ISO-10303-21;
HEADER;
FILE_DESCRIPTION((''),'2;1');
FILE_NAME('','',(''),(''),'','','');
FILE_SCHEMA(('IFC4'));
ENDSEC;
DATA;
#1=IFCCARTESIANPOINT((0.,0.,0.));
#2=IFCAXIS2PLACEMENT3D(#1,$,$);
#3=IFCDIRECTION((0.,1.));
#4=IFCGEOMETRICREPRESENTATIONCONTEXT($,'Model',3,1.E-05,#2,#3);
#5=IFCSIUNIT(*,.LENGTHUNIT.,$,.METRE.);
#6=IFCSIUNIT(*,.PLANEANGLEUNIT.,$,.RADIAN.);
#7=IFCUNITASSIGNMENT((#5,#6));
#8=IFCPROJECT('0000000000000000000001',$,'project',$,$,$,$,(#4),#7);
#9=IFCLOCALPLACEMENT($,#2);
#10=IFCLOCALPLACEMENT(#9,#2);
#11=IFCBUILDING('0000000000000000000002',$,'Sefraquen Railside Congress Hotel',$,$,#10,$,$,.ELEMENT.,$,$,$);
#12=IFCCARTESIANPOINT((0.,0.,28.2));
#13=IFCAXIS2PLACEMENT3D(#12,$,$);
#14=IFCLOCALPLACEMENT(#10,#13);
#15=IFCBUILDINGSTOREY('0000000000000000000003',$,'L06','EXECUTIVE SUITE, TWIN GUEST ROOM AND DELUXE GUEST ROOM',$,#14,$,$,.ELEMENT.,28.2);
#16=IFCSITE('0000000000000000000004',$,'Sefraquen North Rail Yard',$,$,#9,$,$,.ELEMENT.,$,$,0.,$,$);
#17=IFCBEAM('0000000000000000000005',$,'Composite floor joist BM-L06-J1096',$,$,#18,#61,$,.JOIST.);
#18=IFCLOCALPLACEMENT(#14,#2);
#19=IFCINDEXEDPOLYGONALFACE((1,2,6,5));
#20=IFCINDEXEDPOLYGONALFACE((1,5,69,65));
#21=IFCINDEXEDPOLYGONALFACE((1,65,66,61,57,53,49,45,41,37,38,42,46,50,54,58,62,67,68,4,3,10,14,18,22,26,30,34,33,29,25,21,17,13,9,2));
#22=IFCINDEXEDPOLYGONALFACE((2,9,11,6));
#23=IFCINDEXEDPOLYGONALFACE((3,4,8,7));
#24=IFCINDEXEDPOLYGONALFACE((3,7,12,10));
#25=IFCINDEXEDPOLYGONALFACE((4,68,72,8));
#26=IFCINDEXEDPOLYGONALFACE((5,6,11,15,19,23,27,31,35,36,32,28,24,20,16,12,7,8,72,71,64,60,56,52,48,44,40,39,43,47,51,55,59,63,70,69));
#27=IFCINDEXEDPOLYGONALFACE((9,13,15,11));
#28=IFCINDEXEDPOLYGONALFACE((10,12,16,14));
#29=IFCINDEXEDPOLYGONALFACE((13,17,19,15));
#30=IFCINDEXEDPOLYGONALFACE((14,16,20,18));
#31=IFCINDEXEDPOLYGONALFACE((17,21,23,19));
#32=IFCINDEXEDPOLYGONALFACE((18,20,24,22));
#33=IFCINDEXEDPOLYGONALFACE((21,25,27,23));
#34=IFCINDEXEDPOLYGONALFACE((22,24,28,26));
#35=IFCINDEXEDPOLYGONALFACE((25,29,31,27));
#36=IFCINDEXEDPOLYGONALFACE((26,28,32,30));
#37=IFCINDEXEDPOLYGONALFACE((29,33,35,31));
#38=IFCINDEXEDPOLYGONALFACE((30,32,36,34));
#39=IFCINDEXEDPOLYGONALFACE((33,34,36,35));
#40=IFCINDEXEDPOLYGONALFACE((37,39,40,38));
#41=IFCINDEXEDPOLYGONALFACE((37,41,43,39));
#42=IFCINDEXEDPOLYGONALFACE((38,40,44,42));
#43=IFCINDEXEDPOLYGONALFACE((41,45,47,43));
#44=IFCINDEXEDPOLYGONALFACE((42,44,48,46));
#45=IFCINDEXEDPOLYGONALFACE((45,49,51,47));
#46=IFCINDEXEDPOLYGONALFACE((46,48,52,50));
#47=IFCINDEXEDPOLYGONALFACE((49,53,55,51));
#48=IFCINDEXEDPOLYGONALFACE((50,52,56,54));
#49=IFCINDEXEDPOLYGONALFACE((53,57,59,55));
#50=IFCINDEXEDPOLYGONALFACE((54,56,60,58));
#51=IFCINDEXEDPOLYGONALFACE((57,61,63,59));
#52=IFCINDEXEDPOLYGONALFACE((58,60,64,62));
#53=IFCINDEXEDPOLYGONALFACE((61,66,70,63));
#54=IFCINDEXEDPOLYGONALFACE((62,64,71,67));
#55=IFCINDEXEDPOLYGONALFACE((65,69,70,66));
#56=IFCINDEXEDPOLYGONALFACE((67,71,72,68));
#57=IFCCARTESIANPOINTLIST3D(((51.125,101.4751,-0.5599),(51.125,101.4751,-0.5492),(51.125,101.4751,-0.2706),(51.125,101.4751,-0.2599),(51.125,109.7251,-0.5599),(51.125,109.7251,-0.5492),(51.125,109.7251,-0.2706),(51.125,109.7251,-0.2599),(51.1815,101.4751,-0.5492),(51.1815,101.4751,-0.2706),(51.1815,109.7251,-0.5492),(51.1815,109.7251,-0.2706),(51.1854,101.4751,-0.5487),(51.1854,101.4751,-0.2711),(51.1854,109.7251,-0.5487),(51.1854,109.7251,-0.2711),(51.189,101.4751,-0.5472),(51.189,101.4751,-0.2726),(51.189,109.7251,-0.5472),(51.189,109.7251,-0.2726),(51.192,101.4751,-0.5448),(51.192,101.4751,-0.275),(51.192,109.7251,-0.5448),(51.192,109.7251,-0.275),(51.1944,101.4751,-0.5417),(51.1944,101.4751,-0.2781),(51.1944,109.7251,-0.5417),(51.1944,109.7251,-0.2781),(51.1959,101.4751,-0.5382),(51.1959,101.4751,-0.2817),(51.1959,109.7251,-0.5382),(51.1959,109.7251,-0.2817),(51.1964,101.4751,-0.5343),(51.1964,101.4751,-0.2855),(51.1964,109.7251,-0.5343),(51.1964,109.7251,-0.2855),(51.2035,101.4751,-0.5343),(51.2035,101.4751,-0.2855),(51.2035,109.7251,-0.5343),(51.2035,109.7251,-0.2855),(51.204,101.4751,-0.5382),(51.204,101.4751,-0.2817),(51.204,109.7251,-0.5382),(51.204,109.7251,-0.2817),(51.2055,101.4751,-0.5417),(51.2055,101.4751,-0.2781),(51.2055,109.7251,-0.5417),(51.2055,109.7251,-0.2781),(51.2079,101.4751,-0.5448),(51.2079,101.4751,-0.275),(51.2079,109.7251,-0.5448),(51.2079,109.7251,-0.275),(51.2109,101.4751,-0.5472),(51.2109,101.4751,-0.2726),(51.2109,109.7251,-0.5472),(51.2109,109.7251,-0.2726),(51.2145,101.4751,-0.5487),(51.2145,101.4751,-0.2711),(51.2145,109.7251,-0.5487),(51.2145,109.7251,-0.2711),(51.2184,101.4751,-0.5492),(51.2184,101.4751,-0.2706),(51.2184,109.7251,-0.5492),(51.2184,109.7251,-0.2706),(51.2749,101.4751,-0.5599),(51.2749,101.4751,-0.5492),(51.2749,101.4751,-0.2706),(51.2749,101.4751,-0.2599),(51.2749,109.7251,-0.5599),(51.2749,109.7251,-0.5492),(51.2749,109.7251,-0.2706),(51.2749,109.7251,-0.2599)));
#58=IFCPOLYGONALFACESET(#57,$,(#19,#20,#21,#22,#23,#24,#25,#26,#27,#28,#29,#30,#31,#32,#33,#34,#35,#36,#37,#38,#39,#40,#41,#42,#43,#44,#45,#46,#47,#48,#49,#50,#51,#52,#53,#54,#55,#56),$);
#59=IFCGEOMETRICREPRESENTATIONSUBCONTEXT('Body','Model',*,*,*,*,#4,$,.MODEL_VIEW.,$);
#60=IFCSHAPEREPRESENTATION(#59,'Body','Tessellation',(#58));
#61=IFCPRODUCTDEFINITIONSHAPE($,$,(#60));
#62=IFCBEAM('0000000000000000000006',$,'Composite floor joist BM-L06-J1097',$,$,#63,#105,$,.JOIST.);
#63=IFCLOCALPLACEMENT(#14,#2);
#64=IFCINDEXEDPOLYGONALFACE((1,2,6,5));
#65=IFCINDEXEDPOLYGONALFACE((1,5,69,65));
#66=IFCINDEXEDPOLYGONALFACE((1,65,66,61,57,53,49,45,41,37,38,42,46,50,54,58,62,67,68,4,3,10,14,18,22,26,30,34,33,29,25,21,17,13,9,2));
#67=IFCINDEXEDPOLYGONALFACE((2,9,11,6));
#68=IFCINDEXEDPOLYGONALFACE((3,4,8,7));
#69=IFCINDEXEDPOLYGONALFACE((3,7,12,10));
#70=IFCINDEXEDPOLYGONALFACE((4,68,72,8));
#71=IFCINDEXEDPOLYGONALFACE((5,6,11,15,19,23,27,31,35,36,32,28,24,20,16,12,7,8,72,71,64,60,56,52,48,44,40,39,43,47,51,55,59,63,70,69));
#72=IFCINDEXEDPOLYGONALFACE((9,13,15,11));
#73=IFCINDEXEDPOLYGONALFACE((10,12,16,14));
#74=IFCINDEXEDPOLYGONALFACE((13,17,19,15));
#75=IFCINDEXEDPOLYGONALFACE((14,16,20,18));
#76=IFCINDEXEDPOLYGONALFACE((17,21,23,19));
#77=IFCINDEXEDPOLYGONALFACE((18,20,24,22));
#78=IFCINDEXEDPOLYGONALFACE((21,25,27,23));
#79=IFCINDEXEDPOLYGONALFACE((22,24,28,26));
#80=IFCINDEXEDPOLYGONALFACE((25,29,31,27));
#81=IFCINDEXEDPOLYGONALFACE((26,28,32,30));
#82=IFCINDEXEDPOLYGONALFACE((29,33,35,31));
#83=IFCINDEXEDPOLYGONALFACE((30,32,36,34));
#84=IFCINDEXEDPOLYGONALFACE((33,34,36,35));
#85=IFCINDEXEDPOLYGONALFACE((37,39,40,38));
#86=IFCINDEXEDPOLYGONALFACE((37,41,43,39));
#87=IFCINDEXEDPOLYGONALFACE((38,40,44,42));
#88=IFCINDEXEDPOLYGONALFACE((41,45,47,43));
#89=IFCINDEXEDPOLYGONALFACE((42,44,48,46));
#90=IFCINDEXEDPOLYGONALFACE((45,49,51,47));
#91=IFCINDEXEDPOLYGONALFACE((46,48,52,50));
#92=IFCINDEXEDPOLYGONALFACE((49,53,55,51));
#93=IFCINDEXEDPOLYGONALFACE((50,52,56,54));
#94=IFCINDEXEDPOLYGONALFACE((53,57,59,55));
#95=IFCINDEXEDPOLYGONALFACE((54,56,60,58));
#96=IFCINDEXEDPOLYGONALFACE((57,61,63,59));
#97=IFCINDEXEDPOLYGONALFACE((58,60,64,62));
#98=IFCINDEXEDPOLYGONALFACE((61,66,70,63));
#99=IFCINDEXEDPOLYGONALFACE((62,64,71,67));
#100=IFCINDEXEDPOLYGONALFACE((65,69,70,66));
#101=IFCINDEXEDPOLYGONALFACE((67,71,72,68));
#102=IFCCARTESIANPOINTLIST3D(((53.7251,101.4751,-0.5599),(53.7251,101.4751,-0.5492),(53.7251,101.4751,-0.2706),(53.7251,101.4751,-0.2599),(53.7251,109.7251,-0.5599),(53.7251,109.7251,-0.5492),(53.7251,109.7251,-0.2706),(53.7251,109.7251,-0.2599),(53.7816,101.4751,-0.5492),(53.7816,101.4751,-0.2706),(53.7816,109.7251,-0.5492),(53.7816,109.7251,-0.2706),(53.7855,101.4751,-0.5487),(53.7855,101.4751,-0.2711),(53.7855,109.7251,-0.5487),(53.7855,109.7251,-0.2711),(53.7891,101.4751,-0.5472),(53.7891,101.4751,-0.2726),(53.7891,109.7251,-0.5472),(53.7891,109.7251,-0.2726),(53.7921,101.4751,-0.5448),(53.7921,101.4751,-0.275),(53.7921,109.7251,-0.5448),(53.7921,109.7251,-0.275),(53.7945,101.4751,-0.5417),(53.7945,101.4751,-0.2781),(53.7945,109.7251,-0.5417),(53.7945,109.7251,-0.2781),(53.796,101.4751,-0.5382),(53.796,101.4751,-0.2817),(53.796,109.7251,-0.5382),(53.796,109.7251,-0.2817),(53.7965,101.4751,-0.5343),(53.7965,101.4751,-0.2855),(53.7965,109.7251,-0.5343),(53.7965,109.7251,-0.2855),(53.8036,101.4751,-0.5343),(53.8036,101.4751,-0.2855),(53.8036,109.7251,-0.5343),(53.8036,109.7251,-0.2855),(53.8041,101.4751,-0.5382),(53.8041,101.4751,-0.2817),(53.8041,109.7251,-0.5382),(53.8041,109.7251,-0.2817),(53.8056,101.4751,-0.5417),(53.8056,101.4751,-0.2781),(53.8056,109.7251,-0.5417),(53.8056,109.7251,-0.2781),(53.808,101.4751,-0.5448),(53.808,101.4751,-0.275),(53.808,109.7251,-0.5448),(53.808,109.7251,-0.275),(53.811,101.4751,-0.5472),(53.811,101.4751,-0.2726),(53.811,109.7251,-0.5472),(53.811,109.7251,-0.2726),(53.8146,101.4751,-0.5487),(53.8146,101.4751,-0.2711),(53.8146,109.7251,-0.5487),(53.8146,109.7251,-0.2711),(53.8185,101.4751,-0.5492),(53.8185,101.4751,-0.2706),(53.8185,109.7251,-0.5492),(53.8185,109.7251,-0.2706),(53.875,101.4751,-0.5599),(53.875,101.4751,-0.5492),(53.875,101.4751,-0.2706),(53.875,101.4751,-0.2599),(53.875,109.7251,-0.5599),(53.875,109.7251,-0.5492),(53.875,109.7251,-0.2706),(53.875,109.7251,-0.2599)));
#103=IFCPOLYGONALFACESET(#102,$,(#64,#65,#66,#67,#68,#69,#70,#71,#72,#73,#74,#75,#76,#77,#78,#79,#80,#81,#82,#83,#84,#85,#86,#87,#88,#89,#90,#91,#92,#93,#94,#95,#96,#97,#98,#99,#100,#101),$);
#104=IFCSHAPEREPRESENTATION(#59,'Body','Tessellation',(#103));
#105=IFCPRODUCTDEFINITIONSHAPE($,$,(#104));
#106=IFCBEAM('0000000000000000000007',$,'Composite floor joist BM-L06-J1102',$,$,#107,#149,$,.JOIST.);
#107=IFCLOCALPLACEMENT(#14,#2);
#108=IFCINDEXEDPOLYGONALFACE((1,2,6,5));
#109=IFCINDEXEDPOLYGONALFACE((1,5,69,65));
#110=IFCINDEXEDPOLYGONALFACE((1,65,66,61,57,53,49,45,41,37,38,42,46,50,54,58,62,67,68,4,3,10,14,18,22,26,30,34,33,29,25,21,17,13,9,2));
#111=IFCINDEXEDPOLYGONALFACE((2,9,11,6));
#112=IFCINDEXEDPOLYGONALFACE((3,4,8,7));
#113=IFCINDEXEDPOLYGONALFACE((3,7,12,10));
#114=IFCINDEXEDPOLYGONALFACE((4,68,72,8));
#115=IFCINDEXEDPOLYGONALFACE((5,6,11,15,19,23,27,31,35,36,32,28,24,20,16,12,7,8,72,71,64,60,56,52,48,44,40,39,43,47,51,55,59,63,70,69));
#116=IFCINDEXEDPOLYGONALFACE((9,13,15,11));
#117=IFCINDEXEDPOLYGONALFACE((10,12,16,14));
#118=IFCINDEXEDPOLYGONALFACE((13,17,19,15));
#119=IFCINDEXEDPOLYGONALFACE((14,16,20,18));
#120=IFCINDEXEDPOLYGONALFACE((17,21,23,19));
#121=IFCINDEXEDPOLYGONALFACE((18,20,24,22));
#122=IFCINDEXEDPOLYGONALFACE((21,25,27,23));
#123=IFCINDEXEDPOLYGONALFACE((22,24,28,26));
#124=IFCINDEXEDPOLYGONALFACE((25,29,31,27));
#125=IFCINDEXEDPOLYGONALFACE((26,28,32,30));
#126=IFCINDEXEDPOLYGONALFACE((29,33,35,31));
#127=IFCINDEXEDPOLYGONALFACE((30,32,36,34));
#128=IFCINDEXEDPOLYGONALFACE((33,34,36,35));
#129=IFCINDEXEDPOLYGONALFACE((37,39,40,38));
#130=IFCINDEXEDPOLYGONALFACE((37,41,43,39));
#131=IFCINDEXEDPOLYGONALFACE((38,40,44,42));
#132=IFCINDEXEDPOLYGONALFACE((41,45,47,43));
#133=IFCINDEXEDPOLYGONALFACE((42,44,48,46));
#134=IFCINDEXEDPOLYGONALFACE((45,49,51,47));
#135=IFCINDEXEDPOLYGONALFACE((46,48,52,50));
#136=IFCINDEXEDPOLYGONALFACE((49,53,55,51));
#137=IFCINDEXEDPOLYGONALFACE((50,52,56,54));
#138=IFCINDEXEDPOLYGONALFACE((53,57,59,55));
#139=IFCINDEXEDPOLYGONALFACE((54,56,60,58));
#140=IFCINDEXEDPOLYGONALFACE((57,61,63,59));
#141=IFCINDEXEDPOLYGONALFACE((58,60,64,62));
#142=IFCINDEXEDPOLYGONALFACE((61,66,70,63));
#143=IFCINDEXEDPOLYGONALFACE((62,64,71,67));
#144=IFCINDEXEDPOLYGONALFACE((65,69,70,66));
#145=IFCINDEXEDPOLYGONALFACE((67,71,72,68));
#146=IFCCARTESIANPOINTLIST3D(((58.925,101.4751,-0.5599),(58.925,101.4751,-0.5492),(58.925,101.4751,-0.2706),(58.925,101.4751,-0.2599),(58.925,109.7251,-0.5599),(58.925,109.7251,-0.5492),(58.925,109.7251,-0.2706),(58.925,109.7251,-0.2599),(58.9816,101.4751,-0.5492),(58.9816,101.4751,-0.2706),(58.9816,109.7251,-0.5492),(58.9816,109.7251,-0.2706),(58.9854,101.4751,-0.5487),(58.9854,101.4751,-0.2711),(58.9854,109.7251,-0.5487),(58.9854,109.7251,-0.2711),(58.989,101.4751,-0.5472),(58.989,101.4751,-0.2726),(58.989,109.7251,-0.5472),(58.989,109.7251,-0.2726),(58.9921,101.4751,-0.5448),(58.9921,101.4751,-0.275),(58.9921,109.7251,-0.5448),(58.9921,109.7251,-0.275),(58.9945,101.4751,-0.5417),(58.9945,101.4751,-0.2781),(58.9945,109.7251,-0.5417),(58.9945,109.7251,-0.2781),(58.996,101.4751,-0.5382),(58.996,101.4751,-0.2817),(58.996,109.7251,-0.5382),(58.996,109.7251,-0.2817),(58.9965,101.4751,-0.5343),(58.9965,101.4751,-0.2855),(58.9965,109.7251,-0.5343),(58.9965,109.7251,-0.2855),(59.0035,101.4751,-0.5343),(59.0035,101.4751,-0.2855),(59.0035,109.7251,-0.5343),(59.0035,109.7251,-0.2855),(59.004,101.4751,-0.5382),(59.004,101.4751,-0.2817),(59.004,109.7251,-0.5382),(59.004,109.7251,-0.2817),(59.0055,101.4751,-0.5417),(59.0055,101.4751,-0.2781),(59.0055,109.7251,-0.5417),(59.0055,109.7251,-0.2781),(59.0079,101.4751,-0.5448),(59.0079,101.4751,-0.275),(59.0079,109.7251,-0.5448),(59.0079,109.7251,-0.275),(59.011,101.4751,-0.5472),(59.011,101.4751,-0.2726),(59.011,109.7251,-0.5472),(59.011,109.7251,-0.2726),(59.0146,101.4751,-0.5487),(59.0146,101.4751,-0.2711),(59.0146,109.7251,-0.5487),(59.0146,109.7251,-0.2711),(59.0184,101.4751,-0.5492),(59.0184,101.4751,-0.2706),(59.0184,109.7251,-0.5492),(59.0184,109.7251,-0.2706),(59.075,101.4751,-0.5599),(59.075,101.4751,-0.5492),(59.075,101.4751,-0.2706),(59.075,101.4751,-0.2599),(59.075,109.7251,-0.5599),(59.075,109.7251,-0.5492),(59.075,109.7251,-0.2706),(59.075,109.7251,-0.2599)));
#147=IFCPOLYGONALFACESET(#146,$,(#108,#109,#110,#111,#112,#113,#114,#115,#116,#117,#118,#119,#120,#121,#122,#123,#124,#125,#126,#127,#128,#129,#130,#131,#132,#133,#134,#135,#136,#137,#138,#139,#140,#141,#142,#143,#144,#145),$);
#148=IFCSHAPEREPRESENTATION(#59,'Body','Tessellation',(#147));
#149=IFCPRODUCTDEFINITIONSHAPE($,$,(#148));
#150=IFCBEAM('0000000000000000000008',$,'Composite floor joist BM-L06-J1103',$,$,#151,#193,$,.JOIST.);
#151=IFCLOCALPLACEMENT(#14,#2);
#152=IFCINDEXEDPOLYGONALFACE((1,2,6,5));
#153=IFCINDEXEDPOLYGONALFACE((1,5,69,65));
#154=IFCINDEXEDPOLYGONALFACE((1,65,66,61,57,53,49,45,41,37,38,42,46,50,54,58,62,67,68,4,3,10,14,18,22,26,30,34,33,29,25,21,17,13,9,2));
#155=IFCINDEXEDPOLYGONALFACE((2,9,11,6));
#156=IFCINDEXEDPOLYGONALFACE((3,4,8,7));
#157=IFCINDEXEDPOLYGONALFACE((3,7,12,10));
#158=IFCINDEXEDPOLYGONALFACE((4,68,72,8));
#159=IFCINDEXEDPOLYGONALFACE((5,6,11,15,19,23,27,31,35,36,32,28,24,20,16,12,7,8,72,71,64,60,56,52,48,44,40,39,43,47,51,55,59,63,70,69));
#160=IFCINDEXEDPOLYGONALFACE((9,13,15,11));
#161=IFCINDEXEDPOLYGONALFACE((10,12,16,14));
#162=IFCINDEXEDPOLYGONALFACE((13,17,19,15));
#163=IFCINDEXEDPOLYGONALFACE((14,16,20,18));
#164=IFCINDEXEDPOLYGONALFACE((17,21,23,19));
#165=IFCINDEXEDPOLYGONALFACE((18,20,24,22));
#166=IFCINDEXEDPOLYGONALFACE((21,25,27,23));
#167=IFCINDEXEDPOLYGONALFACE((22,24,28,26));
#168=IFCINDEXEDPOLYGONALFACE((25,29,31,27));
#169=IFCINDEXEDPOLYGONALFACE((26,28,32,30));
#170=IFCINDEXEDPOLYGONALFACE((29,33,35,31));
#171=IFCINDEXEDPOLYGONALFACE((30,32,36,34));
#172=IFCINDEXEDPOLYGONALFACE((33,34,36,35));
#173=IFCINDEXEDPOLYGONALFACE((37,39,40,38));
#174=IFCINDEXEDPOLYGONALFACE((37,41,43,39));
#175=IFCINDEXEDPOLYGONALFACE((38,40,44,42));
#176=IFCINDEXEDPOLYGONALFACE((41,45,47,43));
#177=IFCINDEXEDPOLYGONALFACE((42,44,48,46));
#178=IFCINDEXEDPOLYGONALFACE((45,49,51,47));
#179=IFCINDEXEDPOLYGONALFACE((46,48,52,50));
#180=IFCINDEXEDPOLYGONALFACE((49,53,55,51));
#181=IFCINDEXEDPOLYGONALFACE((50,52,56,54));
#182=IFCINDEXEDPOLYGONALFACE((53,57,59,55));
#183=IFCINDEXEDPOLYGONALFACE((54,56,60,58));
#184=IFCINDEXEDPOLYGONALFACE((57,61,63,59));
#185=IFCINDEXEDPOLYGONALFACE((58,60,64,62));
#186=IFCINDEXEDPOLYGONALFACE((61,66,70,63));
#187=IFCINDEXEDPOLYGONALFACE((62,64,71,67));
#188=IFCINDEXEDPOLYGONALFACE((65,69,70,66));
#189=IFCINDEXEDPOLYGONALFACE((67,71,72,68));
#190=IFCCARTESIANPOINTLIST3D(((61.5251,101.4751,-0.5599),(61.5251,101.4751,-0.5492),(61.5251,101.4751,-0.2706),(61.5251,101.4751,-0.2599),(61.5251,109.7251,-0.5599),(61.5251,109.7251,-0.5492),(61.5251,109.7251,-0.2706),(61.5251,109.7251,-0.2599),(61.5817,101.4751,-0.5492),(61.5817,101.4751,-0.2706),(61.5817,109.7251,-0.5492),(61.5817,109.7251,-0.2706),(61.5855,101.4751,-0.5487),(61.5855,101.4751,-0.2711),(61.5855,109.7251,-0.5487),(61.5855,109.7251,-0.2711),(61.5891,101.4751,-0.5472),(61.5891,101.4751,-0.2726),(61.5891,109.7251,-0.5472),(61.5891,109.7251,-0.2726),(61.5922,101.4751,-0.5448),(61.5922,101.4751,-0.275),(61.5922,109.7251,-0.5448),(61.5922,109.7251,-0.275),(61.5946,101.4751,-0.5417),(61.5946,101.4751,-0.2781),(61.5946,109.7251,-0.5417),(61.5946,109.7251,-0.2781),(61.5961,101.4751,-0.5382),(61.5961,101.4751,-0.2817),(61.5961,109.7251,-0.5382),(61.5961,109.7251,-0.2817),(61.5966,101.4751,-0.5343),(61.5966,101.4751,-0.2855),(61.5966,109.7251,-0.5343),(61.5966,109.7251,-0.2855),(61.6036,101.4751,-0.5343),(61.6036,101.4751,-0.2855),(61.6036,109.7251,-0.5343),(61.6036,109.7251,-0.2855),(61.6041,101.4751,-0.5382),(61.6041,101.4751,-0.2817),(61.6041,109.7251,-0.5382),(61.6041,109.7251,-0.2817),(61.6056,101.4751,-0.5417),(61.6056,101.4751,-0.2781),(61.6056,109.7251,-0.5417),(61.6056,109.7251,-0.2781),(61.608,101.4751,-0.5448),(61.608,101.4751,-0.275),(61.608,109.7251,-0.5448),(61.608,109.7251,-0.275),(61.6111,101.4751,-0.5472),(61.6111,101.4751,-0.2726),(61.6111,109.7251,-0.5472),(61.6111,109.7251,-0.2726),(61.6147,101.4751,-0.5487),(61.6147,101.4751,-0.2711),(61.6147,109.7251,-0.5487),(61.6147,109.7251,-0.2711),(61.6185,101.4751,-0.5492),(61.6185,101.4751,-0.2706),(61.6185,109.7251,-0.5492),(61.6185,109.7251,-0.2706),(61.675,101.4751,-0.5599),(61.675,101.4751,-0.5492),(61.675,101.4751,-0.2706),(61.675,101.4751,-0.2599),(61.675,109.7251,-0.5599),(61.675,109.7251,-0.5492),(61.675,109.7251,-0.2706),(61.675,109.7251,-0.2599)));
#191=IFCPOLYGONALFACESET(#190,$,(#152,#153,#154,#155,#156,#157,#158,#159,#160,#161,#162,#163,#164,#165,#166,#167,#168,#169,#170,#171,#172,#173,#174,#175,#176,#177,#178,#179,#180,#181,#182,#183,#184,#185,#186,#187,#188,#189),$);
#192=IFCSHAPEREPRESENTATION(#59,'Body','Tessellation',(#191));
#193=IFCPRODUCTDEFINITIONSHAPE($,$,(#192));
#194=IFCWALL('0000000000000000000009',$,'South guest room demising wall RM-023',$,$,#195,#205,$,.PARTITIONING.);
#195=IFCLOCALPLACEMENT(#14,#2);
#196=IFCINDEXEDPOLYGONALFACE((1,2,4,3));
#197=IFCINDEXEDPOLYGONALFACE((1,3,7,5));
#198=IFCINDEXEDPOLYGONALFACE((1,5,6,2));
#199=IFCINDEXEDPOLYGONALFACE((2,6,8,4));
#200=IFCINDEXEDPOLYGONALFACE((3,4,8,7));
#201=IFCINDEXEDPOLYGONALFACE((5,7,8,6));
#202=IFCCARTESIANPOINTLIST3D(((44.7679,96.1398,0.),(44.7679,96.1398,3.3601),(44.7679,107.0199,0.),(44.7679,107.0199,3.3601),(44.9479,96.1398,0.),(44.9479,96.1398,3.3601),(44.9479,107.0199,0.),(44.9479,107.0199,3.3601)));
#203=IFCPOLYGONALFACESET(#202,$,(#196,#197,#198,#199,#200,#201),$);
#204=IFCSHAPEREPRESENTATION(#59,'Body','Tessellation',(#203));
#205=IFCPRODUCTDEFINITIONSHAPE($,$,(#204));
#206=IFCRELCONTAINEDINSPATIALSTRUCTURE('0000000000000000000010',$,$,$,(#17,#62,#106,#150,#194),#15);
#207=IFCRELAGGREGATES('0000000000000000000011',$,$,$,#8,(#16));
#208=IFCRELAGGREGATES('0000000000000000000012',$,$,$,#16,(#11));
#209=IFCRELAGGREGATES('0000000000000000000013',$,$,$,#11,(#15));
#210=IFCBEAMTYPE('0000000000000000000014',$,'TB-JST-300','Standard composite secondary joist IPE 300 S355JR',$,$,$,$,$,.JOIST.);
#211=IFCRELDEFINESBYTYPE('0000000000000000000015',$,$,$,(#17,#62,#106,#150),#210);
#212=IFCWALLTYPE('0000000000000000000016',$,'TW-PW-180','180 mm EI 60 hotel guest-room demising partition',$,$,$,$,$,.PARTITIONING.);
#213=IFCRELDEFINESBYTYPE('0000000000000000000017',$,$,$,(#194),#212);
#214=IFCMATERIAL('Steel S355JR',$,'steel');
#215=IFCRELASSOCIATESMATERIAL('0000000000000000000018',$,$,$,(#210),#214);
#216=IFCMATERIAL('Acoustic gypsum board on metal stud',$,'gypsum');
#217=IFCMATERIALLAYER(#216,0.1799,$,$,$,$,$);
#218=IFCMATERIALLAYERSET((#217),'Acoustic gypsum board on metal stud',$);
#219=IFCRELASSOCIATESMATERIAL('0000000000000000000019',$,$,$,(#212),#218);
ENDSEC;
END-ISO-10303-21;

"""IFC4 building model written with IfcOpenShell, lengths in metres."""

from ifc_helpers import new_model, si_unit, direction, frame, frame_2d, origin, origin_2d, place, context, subcontext, project, spatial, rectangle, i_section, extrude, material, layer, layer_set, material_profile, profile_set, type_object, element, save


model = new_model("IFC4")

# Units and contexts
model_context = context("Model", 3, precision=1e-05, world=origin(), true_north=direction((0.0, 1.0)))
body_context = subcontext(model_context, "Body", "Model", "MODEL_VIEW")
ifc_project = project(units=[si_unit("LENGTHUNIT", "METRE"), si_unit("PLANEANGLEUNIT", "RADIAN")], contexts=[model_context])

# Site, building, storey
site_placement = place(None, origin())
site = spatial("IfcSite", under=ifc_project, at=site_placement, Name="Sefraquen North Rail Yard", CompositionType="ELEMENT", RefElevation=0.0)
building_placement = place(site_placement, origin())
building = spatial("IfcBuilding", under=site, at=building_placement, Name="Sefraquen Railside Congress Hotel", CompositionType="ELEMENT")
storey_placement = place(building_placement, frame((0.0, 0.0, 28.2)))
storey = spatial("IfcBuildingStorey", under=building, at=storey_placement, Name="L06", Description="EXECUTIVE SUITE, TWIN GUEST ROOM AND DELUXE GUEST ROOM", CompositionType="ELEMENT", Elevation=28.2)

# Shared definitions
ifc_material_1 = material(Name="Steel S355JR", Category="steel")

# Beams
ifc_material_profile_1 = material_profile(ifc_material_1, i_section(OverallWidth=0.1499, OverallDepth=0.3, WebThickness=0.0071, FlangeThickness=0.0107, FilletRadius=0.0149, at=origin_2d()), Name="IPE 300")
ifc_profile_set_1 = profile_set([ifc_material_profile_1], Name="Steel S355JR")
beam_type_1 = type_object("IfcBeamType", Name="TB-JST-300", Description="Standard composite secondary joist IPE 300 S355JR", PredefinedType="JOIST", material=ifc_profile_set_1)
for number, where, z_axis, x_axis, name in (
    (1, (51.2, 101.4751, -0.4099), (0.0, 1.0, 0.0), (-1.0, 0.0, 0.0), "Composite floor joist BM-L06-J1096"),
    (2, (53.8, 101.4751, -0.4099), (0.0, 1.0, 0.0), (-1.0, 0.0, 0.0), "Composite floor joist BM-L06-J1097"),
    (3, (59.0, 101.4751, -0.4099), (0.0, 1.0, 0.0), (-1.0, 0.0, 0.0), "Composite floor joist BM-L06-J1102"),
    (4, (61.6001, 101.4751, -0.4099), (0.0, 1.0, 0.0), (-1.0, 0.0, 0.0), "Composite floor joist BM-L06-J1103"),
):
    element("IfcBeam", number, at=place(storey_placement, frame(where, z_axis=z_axis, x_axis=x_axis)), inside=storey, type_object=beam_type_1, Name=name, PredefinedType="JOIST", context=body_context, shape_type="SweptSolid", body=[
        extrude(i_section(OverallWidth=0.1499, OverallDepth=0.3, WebThickness=0.0071, FlangeThickness=0.0107, FilletRadius=0.0149, at=origin_2d()), origin(), (0.0, 0.0, 1.0), 8.25),
    ])

# Wall
ifc_material_2 = material(Name="Acoustic gypsum board on metal stud", Category="gypsum")
ifc_layer_1 = layer(ifc_material_2, 0.1799)
ifc_layer_set_1 = layer_set([ifc_layer_1], Name="Acoustic gypsum board on metal stud")
wall_type_1 = type_object("IfcWallType", Name="TW-PW-180", Description="180 mm EI 60 hotel guest-room demising partition", PredefinedType="PARTITIONING", material=ifc_layer_set_1)
wall_1_placement = place(storey_placement, frame((44.8579, 96.1399, 0.0), z_axis=(0.0, 0.0, 1.0), x_axis=(0.0, 1.0, 0.0)))
element("IfcWall", 5, at=wall_1_placement, inside=storey, type_object=wall_type_1, Name="South guest room demising wall RM-023", PredefinedType="PARTITIONING", context=body_context, shape_type="SweptSolid", body=[
    extrude(rectangle(XDim=10.8801, YDim=0.1799, at=frame_2d((5.4399, 0.0))), origin(), (0.0, 0.0, 1.0), 3.3601),
])

save(model, "model.ifc")
